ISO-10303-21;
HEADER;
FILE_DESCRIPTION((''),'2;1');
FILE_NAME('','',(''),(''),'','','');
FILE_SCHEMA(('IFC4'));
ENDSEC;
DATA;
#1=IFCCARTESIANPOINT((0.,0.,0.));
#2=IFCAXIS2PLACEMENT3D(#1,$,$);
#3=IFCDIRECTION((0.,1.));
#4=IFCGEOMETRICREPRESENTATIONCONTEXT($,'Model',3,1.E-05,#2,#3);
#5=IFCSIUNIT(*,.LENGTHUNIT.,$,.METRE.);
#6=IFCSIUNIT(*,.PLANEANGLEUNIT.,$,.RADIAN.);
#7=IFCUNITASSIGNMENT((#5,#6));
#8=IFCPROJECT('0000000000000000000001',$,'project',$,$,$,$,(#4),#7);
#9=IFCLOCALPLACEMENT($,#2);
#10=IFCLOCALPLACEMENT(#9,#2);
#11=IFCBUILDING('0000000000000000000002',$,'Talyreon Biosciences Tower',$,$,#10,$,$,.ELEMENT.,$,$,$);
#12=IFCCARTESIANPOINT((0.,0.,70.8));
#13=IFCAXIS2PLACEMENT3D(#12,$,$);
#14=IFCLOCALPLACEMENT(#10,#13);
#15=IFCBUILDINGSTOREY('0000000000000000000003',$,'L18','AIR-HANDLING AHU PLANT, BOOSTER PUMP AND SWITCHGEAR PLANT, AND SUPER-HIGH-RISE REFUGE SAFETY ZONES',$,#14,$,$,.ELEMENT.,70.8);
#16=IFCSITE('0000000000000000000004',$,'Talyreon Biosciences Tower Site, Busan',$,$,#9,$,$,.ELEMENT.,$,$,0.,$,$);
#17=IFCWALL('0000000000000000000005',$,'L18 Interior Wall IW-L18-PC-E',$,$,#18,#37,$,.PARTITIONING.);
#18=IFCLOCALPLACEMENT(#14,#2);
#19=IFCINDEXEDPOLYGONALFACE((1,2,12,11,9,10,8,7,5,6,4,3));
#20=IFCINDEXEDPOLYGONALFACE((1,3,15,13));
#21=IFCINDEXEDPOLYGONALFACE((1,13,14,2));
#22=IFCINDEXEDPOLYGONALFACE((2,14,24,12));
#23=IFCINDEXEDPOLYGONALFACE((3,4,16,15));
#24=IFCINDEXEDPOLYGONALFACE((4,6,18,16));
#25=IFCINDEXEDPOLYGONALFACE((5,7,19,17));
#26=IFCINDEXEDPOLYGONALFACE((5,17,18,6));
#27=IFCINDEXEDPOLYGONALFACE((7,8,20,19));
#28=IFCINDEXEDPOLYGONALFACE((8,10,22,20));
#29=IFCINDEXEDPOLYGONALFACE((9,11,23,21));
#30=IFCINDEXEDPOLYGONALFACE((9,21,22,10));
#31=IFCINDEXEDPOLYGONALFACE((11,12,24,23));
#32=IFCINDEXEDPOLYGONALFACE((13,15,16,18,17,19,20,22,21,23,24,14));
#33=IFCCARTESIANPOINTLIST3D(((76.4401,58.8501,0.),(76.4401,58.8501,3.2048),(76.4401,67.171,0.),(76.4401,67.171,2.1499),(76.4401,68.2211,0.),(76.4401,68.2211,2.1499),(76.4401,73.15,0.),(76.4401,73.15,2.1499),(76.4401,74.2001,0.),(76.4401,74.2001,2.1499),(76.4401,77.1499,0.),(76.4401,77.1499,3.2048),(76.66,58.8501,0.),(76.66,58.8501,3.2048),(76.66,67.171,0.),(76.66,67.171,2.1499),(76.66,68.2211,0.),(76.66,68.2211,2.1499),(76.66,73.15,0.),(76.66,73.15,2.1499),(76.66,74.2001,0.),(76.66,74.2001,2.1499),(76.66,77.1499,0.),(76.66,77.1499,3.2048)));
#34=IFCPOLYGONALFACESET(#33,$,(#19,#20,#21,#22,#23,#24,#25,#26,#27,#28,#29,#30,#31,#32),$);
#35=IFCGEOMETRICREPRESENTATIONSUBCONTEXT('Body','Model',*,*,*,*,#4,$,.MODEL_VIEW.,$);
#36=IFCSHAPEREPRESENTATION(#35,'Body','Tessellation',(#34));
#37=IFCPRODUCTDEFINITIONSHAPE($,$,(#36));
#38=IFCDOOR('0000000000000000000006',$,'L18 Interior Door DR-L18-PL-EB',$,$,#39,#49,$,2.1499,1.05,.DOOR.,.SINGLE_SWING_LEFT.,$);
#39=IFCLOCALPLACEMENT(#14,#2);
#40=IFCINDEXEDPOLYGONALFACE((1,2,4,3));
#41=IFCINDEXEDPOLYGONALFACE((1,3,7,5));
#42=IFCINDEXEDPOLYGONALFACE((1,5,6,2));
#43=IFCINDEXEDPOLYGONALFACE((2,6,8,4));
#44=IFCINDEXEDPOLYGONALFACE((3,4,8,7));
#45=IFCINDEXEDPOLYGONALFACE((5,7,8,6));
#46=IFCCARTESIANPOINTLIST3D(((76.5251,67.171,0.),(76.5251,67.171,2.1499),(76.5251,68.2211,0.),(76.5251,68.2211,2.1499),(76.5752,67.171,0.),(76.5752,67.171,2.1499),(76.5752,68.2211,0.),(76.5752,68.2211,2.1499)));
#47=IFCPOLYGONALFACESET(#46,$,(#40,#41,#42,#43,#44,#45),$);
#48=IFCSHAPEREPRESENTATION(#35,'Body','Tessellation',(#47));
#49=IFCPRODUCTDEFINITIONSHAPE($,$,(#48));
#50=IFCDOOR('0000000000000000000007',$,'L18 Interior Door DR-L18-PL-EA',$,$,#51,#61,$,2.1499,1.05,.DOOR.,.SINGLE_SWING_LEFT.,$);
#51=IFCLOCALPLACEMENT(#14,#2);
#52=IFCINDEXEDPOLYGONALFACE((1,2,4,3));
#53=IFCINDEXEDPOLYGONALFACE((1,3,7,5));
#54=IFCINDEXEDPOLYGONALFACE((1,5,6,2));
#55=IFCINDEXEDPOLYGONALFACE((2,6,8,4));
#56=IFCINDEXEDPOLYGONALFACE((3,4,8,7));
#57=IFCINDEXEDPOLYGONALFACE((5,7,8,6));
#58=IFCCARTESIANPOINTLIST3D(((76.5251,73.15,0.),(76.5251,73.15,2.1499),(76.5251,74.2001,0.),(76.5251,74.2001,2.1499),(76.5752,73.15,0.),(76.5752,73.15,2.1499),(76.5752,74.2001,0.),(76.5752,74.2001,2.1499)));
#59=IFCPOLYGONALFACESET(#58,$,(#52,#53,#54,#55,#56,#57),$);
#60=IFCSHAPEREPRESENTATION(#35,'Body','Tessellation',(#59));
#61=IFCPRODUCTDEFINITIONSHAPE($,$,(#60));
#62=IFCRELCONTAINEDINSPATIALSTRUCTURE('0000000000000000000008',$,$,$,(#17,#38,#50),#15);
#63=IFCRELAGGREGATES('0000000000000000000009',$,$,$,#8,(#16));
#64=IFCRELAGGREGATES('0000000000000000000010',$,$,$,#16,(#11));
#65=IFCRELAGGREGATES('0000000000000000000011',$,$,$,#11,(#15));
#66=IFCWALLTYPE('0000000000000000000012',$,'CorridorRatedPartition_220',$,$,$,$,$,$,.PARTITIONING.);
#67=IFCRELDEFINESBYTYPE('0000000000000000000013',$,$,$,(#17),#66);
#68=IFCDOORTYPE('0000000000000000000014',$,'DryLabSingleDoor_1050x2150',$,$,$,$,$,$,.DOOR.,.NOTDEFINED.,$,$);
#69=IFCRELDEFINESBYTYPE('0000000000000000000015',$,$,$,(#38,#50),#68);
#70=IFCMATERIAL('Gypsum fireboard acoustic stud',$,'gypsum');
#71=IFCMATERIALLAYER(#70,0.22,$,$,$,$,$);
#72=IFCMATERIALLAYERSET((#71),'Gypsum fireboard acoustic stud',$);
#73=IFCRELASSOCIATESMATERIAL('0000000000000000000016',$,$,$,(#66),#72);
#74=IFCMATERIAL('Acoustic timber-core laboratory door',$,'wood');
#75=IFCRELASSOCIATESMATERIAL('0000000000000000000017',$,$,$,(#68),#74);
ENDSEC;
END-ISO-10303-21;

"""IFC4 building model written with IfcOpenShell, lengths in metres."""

from ifc_helpers import new_model, si_unit, direction, frame, frame_2d, origin, place, context, subcontext, project, spatial, rectangle, extrude, material, layer, layer_set, type_object, element, fill, save


model = new_model("IFC4")

# Units and contexts
model_context = context("Model", 3, precision=1e-05, world=origin(), true_north=direction((0.0, 1.0)))
body_context = subcontext(model_context, "Body", "Model", "MODEL_VIEW")
ifc_project = project(units=[si_unit("LENGTHUNIT", "METRE"), si_unit("PLANEANGLEUNIT", "RADIAN")], contexts=[model_context])

# Site, building, storey
site_placement = place(None, origin())
site = spatial("IfcSite", under=ifc_project, at=site_placement, Name="Talyreon Biosciences Tower Site, Busan", CompositionType="ELEMENT", RefElevation=0.0)
building_placement = place(site_placement, origin())
building = spatial("IfcBuilding", under=site, at=building_placement, Name="Talyreon Biosciences Tower", CompositionType="ELEMENT")
storey_placement = place(building_placement, frame((0.0, 0.0, 70.8)))
storey = spatial("IfcBuildingStorey", under=building, at=storey_placement, Name="L18", Description="AIR-HANDLING AHU PLANT, BOOSTER PUMP AND SWITCHGEAR PLANT, AND SUPER-HIGH-RISE REFUGE SAFETY ZONES", CompositionType="ELEMENT", Elevation=70.8)

# Shared definitions
ifc_material_1 = material(Name="Gypsum fireboard acoustic stud", Category="gypsum")
ifc_layer_1 = layer(ifc_material_1, 0.22)
ifc_layer_set_1 = layer_set([ifc_layer_1], Name="Gypsum fireboard acoustic stud")
wall_type = type_object("IfcWallType", Name="CorridorRatedPartition_220", PredefinedType="PARTITIONING", material=ifc_layer_set_1)

# Wall, openings, doors
wall_1_placement = place(storey_placement, frame((76.55, 58.8501, 0.0), z_axis=(0.0, 0.0, 1.0), x_axis=(0.0, 1.0, 0.0)))
wall_1 = element("IfcWall", 1, at=wall_1_placement, inside=storey, type_object=wall_type, Name="L18 Interior Wall IW-L18-PC-E", PredefinedType="PARTITIONING", context=body_context, shape_type="SweptSolid", body=[
    extrude(rectangle(XDim=18.2998, YDim=0.22, at=frame_2d((9.1499, 0.0))), origin(), (0.0, 0.0, 1.0), 3.2048),
])
opening_1_placement = place(wall_1_placement, frame((8.321, 0.0, 0.0)))
opening_1 = element("IfcOpeningElement", 2, at=opening_1_placement, cuts=wall_1, PredefinedType="OPENING", context=body_context, shape_type="SweptSolid", body=[
    extrude(rectangle(XDim=1.05, YDim=2.1499, at=frame_2d((0.5249, 1.075))), frame((0.0, 0.1199, 0.0), z_axis=(0.0, -1.0, 0.0), x_axis=(1.0, 0.0, 0.0)), (0.0, 0.0, 1.0), 0.24),
])
opening_2_placement = place(wall_1_placement, frame((14.3, 0.0, 0.0)))
opening_2 = element("IfcOpeningElement", 3, at=opening_2_placement, cuts=wall_1, PredefinedType="OPENING", context=body_context, shape_type="SweptSolid", body=[
    extrude(rectangle(XDim=1.05, YDim=2.1499, at=frame_2d((0.5249, 1.075))), frame((0.0, 0.1199, 0.0), z_axis=(0.0, -1.0, 0.0), x_axis=(1.0, 0.0, 0.0)), (0.0, 0.0, 1.0), 0.24),
])
ifc_material_2 = material(Name="Acoustic timber-core laboratory door", Category="wood")
door_type = type_object("IfcDoorType", Name="DryLabSingleDoor_1050x2150", OperationType="NOTDEFINED", PredefinedType="DOOR", material=ifc_material_2)
door_1_placement = place(opening_1_placement, origin())
door_1 = element("IfcDoor", 4, at=door_1_placement, inside=storey, type_object=door_type, Name="L18 Interior Door DR-L18-PL-EB", OperationType="SINGLE_SWING_LEFT", OverallHeight=2.1499, OverallWidth=1.05, PredefinedType="DOOR", context=body_context, shape_type="SweptSolid", body=[
    extrude(rectangle(XDim=1.05, YDim=2.1499, at=frame_2d((0.5249, 1.075))), frame((0.0, 0.0249, 0.0), z_axis=(0.0, -1.0, 0.0), x_axis=(1.0, 0.0, 0.0)), (0.0, 0.0, 1.0), 0.05),
])
fill(opening_1, door_1)
door_2_placement = place(opening_2_placement, origin())
door_2 = element("IfcDoor", 5, at=door_2_placement, inside=storey, type_object=door_type, Name="L18 Interior Door DR-L18-PL-EA", OperationType="SINGLE_SWING_LEFT", OverallHeight=2.1499, OverallWidth=1.05, PredefinedType="DOOR", context=body_context, shape_type="SweptSolid", body=[
    extrude(rectangle(XDim=1.05, YDim=2.1499, at=frame_2d((0.5249, 1.075))), frame((0.0, 0.0249, 0.0), z_axis=(0.0, -1.0, 0.0), x_axis=(1.0, 0.0, 0.0)), (0.0, 0.0, 1.0), 0.05),
])
fill(opening_2, door_2)

save(model, "model.ifc")
